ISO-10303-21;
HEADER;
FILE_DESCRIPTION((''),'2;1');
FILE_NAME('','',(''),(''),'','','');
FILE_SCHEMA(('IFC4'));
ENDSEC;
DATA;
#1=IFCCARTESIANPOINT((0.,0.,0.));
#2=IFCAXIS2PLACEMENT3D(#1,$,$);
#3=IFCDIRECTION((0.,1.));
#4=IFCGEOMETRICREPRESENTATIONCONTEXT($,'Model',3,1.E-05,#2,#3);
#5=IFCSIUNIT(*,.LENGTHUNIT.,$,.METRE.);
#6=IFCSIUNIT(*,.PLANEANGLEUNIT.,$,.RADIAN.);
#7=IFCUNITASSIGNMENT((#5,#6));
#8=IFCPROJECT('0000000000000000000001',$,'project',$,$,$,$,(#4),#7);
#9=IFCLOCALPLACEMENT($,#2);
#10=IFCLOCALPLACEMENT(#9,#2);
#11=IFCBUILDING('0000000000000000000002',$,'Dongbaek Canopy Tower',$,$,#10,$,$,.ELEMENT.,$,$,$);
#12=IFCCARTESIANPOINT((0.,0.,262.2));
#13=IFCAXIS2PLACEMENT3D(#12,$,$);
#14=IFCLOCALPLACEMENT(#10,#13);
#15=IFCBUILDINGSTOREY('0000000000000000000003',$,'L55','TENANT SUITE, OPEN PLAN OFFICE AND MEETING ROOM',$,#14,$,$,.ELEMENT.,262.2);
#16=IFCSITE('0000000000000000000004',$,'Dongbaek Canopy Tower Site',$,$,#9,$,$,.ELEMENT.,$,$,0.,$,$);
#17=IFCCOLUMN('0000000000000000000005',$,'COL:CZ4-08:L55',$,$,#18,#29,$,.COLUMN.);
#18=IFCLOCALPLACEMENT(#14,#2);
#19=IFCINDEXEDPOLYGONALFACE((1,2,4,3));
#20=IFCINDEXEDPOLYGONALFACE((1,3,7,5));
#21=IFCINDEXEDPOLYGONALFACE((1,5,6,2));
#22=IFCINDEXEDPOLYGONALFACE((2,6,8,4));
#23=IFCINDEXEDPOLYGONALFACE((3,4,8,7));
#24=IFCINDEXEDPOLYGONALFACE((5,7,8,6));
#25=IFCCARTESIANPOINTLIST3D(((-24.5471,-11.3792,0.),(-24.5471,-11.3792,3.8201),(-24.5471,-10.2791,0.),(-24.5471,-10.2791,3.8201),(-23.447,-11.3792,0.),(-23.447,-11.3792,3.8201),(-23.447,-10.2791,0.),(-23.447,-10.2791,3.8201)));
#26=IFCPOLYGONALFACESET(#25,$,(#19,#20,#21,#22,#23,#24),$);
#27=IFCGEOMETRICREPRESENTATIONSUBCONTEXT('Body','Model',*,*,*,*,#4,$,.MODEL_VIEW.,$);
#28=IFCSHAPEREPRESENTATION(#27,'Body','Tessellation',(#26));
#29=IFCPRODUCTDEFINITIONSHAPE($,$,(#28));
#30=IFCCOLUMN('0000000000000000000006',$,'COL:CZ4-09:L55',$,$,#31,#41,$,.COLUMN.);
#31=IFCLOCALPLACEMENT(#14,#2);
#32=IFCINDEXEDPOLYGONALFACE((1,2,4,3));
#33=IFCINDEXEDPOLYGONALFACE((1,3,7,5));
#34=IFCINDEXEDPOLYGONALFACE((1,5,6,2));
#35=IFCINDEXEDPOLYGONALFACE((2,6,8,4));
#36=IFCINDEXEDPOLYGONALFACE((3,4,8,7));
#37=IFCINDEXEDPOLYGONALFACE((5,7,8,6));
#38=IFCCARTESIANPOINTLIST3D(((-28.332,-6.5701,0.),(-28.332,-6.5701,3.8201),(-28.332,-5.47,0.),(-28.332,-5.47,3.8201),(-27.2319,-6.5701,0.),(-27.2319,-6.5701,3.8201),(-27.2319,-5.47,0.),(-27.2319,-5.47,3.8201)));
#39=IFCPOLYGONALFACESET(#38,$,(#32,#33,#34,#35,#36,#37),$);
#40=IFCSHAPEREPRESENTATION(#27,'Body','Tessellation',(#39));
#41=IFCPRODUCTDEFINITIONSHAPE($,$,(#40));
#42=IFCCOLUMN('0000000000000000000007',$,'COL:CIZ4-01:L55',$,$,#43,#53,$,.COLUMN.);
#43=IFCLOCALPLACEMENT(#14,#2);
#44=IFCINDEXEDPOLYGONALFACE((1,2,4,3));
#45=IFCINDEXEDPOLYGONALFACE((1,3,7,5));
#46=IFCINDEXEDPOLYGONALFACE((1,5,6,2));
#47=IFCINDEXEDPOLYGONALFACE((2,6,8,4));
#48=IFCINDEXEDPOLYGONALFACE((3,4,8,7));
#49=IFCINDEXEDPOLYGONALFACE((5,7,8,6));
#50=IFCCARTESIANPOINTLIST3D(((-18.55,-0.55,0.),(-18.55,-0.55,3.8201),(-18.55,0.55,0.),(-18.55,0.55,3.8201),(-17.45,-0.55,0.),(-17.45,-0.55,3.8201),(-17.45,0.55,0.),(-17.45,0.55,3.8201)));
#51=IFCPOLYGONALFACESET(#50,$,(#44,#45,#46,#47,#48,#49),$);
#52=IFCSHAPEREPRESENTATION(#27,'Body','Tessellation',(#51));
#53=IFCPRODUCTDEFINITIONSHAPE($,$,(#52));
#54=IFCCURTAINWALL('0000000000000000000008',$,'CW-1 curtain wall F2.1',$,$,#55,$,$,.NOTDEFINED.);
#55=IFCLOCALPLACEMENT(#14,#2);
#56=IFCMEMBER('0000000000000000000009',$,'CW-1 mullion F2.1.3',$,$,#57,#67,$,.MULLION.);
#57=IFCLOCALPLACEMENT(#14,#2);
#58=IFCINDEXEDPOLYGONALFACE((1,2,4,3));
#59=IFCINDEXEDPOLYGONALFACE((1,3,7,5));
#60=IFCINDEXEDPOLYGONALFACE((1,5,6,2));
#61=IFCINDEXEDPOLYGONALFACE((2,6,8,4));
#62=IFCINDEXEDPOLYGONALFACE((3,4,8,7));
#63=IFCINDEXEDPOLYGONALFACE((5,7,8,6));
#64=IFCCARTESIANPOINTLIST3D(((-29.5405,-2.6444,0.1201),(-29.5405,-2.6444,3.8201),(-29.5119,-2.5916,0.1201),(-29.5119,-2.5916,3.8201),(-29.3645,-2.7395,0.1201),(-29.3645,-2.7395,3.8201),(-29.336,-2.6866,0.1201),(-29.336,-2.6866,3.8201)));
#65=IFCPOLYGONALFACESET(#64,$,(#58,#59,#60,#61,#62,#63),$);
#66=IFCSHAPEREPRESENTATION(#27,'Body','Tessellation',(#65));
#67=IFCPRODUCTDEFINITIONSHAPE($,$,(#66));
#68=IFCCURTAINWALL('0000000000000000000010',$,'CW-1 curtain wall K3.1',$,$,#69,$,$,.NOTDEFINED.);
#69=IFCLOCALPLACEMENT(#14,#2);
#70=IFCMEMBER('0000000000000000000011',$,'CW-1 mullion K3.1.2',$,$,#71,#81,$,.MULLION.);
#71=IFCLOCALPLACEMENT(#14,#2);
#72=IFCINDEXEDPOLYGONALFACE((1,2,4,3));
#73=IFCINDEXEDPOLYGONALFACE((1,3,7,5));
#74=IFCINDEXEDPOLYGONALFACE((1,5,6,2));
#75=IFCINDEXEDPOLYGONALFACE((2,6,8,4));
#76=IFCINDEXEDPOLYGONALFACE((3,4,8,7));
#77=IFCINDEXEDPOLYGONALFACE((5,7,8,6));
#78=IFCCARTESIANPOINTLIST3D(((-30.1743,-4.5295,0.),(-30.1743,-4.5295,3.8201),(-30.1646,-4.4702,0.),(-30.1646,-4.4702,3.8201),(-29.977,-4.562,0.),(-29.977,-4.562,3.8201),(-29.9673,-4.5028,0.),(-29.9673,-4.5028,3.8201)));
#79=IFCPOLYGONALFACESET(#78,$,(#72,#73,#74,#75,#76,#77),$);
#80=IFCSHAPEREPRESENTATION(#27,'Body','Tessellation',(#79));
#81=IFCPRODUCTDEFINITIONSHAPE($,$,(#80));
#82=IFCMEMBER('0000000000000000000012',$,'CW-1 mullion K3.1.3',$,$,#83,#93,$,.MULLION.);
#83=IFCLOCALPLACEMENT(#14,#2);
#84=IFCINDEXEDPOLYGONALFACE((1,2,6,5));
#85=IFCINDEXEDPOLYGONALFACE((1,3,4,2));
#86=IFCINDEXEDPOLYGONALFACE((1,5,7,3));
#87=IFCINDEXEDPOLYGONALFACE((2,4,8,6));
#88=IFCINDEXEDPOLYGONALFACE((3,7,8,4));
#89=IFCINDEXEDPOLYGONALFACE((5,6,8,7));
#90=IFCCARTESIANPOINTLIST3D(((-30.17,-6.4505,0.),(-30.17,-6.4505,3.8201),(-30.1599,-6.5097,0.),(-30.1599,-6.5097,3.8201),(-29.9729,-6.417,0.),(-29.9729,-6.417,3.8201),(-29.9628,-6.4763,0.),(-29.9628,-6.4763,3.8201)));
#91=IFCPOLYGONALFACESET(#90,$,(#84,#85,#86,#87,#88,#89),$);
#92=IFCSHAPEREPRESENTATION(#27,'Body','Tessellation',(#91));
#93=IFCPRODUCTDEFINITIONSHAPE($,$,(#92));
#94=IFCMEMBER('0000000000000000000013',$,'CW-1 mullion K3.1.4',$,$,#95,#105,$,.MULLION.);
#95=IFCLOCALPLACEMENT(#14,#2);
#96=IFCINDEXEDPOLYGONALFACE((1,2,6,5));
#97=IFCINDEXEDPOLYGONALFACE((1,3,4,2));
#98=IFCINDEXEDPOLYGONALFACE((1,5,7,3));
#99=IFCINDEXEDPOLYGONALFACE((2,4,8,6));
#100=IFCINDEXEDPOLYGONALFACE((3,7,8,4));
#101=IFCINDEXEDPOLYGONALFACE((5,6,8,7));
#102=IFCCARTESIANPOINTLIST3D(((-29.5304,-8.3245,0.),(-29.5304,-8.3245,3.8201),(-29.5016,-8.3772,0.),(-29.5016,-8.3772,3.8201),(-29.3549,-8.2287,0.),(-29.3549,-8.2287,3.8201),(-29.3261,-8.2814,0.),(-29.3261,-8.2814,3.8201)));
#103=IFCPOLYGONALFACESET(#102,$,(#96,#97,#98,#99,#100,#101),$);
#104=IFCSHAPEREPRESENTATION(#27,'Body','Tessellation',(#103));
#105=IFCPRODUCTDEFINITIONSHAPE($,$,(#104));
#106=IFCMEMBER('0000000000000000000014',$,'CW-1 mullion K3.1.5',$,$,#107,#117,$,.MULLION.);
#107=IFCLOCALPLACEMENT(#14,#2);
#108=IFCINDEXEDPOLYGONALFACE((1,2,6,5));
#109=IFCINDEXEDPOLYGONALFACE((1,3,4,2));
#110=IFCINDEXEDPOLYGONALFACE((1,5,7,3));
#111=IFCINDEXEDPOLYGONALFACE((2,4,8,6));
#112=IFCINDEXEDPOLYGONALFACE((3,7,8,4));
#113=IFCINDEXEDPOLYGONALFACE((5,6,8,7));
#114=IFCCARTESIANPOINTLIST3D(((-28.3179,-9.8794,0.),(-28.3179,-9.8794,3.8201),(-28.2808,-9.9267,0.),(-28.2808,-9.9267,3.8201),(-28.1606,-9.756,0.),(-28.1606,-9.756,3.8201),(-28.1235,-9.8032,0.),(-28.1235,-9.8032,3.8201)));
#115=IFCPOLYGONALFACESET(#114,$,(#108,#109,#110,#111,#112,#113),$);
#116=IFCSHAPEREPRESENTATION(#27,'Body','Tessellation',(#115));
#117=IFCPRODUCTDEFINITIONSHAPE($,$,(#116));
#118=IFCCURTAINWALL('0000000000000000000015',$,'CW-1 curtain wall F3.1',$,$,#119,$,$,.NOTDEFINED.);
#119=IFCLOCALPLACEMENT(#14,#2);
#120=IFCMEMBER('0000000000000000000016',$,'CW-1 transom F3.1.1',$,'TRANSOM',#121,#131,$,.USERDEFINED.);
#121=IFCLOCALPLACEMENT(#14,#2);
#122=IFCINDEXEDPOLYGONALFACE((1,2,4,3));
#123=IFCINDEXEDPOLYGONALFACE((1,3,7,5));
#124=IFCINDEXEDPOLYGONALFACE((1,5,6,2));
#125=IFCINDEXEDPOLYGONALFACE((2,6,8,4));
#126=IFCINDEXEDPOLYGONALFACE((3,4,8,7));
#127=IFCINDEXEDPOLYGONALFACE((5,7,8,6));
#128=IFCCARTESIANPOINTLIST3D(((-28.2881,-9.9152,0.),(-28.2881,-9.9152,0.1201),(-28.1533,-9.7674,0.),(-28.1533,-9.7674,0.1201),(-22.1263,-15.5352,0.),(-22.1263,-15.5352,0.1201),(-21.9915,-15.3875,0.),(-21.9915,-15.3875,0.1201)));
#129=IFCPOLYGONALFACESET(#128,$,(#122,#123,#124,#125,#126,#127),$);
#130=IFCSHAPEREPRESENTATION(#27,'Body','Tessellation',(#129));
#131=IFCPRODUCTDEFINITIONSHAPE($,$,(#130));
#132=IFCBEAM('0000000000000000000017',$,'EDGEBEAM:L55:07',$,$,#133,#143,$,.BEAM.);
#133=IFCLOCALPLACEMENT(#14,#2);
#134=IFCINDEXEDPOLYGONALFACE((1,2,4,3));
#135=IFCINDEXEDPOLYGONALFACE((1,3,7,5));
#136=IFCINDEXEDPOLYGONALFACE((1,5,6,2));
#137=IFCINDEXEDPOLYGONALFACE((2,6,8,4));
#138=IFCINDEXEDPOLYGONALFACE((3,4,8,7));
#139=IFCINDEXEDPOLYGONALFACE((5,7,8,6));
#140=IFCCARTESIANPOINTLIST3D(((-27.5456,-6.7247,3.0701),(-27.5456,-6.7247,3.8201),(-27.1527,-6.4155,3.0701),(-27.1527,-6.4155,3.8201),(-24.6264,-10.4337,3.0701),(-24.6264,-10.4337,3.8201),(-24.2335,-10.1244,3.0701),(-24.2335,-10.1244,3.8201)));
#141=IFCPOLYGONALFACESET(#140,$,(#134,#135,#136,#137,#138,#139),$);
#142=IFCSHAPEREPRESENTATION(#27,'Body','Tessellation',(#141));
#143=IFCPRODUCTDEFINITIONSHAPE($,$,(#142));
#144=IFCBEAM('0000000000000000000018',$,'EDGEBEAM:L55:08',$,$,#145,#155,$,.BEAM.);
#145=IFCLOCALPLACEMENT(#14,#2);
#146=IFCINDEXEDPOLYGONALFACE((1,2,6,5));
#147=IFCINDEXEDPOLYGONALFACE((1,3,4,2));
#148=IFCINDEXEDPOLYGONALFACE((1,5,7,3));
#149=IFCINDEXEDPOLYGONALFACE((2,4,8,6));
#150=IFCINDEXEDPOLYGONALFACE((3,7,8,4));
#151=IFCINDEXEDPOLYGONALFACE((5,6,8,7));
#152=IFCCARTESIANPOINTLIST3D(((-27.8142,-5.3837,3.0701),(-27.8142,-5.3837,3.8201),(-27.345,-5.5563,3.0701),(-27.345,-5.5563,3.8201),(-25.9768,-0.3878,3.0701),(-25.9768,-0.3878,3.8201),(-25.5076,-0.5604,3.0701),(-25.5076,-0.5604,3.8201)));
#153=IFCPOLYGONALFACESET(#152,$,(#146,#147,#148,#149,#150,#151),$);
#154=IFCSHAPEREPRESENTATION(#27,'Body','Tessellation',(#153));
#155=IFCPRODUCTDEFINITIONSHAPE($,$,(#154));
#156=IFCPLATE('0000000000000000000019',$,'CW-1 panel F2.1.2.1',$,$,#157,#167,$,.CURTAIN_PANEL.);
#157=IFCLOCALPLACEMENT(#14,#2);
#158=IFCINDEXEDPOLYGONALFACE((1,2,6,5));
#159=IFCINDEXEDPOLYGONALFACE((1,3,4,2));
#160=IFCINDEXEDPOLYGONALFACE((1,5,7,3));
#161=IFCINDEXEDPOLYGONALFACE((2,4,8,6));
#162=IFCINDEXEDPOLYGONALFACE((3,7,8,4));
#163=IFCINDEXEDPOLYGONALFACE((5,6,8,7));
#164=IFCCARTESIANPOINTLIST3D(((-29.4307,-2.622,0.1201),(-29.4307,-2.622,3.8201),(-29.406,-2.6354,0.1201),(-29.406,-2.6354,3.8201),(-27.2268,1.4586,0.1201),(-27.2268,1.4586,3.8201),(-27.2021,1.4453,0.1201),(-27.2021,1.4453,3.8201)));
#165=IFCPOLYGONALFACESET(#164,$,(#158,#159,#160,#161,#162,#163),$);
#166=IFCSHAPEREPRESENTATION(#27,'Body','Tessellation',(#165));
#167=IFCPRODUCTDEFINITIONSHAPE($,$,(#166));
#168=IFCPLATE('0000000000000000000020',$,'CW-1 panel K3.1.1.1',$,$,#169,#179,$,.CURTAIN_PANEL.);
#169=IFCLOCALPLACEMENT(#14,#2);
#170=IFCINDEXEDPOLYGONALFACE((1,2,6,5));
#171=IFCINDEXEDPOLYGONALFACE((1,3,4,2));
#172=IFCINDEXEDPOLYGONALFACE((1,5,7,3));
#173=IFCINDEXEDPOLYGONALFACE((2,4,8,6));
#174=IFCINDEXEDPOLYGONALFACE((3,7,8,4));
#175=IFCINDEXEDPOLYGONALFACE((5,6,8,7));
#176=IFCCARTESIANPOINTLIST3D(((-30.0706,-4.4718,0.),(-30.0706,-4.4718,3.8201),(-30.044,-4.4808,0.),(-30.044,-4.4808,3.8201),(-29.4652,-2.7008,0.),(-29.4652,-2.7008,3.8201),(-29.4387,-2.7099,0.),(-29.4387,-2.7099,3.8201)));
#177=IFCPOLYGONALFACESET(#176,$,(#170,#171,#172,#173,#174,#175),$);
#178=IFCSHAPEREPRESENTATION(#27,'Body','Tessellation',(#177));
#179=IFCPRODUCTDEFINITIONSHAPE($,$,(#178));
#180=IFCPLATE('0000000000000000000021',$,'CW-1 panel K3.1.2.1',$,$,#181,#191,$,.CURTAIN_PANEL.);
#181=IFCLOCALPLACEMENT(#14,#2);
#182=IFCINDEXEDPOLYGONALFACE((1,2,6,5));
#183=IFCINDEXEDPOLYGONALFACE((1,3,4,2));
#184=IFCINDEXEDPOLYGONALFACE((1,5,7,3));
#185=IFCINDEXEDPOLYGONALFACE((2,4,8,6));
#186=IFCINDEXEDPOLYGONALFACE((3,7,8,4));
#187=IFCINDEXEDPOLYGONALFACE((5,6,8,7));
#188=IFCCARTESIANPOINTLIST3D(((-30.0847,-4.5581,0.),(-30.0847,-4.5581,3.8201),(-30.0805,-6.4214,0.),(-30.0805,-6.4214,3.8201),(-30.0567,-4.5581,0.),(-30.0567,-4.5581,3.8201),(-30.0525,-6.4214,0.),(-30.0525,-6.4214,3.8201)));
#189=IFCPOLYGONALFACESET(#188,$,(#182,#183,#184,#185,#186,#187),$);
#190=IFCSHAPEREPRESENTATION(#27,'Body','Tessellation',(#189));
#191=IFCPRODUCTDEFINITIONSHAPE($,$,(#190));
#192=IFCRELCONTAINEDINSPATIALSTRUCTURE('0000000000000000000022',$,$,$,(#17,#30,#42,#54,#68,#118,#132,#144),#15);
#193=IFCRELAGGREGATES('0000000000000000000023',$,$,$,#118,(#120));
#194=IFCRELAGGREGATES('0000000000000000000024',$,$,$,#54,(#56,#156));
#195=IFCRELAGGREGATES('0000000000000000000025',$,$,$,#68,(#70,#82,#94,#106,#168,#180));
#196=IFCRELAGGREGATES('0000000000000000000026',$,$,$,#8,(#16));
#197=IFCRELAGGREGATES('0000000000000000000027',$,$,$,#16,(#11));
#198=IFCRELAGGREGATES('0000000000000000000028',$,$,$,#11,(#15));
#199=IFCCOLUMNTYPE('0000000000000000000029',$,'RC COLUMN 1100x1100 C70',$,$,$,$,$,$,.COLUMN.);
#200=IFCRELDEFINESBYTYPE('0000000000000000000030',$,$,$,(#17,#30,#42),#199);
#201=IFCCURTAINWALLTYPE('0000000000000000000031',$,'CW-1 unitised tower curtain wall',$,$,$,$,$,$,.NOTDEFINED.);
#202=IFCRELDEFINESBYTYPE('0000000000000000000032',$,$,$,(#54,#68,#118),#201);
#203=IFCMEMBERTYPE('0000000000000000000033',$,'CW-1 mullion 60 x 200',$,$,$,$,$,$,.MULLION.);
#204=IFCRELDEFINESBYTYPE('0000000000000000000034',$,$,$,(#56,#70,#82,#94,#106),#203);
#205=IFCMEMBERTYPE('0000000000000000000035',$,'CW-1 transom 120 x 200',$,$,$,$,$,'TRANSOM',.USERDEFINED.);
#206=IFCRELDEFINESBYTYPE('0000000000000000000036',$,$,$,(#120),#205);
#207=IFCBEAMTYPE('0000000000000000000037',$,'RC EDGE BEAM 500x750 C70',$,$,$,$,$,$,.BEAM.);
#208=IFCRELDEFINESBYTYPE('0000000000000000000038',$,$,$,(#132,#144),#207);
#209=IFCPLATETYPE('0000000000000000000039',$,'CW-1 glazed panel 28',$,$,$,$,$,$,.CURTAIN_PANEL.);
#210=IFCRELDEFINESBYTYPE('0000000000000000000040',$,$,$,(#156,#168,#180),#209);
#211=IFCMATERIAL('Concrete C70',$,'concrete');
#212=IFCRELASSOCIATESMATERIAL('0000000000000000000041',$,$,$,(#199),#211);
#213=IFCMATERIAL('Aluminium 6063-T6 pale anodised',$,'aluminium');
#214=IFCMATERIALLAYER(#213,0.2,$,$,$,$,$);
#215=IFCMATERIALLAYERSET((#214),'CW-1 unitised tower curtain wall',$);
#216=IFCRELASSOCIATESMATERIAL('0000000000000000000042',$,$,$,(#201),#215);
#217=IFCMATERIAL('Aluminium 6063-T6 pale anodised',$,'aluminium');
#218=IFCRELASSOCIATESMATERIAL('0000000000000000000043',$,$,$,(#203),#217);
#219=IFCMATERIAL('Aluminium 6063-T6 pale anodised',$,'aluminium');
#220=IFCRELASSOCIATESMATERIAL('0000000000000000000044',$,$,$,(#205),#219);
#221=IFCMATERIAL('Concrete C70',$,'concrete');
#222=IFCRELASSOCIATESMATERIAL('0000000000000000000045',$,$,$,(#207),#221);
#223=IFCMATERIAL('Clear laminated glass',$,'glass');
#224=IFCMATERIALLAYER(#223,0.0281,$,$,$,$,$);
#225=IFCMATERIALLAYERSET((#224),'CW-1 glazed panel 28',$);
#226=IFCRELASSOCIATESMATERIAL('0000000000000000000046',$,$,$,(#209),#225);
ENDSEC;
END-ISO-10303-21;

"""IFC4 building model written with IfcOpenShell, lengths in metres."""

from ifc_helpers import new_model, si_unit, direction, frame, origin, origin_2d, place, context, subcontext, project, spatial, rectangle, extrude, material, layer, layer_set, material_profile, profile_set, type_object, element, aggregate, save


model = new_model("IFC4")

# Units and contexts
model_context = context("Model", 3, precision=1e-05, world=origin(), true_north=direction((0.0, 1.0)))
body_context = subcontext(model_context, "Body", "Model", "MODEL_VIEW")
ifc_project = project(units=[si_unit("LENGTHUNIT", "METRE"), si_unit("PLANEANGLEUNIT", "RADIAN")], contexts=[model_context])

# Site, building, storey
site_placement = place(None, origin())
site = spatial("IfcSite", under=ifc_project, at=site_placement, Name="Dongbaek Canopy Tower Site", CompositionType="ELEMENT", RefElevation=0.0)
building_placement = place(site_placement, origin())
building = spatial("IfcBuilding", under=site, at=building_placement, Name="Dongbaek Canopy Tower", CompositionType="ELEMENT")
storey_placement = place(building_placement, frame((0.0, 0.0, 262.2)))
storey = spatial("IfcBuildingStorey", under=building, at=storey_placement, Name="L55", Description="TENANT SUITE, OPEN PLAN OFFICE AND MEETING ROOM", CompositionType="ELEMENT", Elevation=262.2)

# Columns
ifc_material_1 = material(Name="Concrete C70", Category="concrete")
ifc_material_profile_1 = material_profile(ifc_material_1, rectangle(XDim=1.1001, YDim=1.1001, at=origin_2d()), Name="RC COLUMN 1100x1100 C70")
ifc_profile_set_1 = profile_set([ifc_material_profile_1], Name="Concrete C70")
column_type = type_object("IfcColumnType", Name="RC COLUMN 1100x1100 C70", PredefinedType="COLUMN", material=ifc_profile_set_1)
for number, where, z_axis, x_axis, name in (
    (1, (-23.9971, -10.8291, 0.0), (0.0, 0.0, 1.0), (1.0, 0.0, 0.0), "COL:CZ4-08:L55"),
    (2, (-27.782, -6.02, 0.0), (0.0, 0.0, 1.0), (1.0, 0.0, 0.0), "COL:CZ4-09:L55"),
    (3, (-18.0, 0.0, 0.0), (0.0, 0.0, 1.0), (1.0, 0.0, 0.0), "COL:CIZ4-01:L55"),
):
    element("IfcColumn", number, at=place(storey_placement, frame(where, z_axis=z_axis, x_axis=x_axis)), inside=storey, type_object=column_type, Name=name, PredefinedType="COLUMN", context=body_context, shape_type="SweptSolid", body=[
        extrude(rectangle(XDim=1.1001, YDim=1.1001, at=origin_2d()), origin(), (0.0, 0.0, 1.0), 3.8201),
    ])

# Curtain wall, member
ifc_material_2 = material(Name="Aluminium 6063-T6 pale anodised", Category="aluminium")
ifc_layer_1 = layer(ifc_material_2, 0.2)
ifc_layer_set_1 = layer_set([ifc_layer_1], Name="CW-1 unitised tower curtain wall")
curtain_wall_type = type_object("IfcCurtainWallType", Name="CW-1 unitised tower curtain wall", PredefinedType="NOTDEFINED", material=ifc_layer_set_1)
curtain_wall_1_placement = place(storey_placement, origin())
curtain_wall_1 = element("IfcCurtainWall", 4, at=curtain_wall_1_placement, inside=storey, type_object=curtain_wall_type, Name="CW-1 curtain wall F2.1", PredefinedType="NOTDEFINED")
ifc_material_3 = material(Name="Aluminium 6063-T6 pale anodised", Category="aluminium")
ifc_material_profile_2 = material_profile(ifc_material_3, rectangle(XDim=0.2, YDim=0.0601, at=origin_2d()), Name="CW-1 mullion 60 x 200")
ifc_profile_set_2 = profile_set([ifc_material_profile_2], Name="Aluminium 6063-T6 pale anodised")
member_type_1 = type_object("IfcMemberType", Name="CW-1 mullion 60 x 200", PredefinedType="MULLION", material=ifc_profile_set_2)
member_1_placement = place(storey_placement, frame((-29.4382, -2.6655, 0.1201), z_axis=(0.0, 0.0, 1.0), x_axis=(-0.879877, 0.475202, 0.0)))
member_1 = element("IfcMember", 5, at=member_1_placement, type_object=member_type_1, Name="CW-1 mullion F2.1.3", PredefinedType="MULLION", context=body_context, shape_type="SweptSolid", body=[
    extrude(rectangle(XDim=0.2, YDim=0.0601, at=origin_2d()), origin(), (0.0, 0.0, 1.0), 3.7),
])

# Curtain wall, members
curtain_wall_2_placement = place(storey_placement, origin())
curtain_wall_2 = element("IfcCurtainWall", 6, at=curtain_wall_2_placement, inside=storey, type_object=curtain_wall_type, Name="CW-1 curtain wall K3.1", PredefinedType="NOTDEFINED")
member_2_placement = place(storey_placement, frame((-30.0708, -4.5161, 0.0), z_axis=(0.0, 0.0, 1.0), x_axis=(-0.986654, 0.162829, 0.0)))
member_2 = element("IfcMember", 7, at=member_2_placement, type_object=member_type_1, Name="CW-1 mullion K3.1.2", PredefinedType="MULLION", context=body_context, shape_type="SweptSolid", body=[
    extrude(rectangle(XDim=0.2, YDim=0.0601, at=origin_2d()), origin(), (0.0, 0.0, 1.0), 3.8201),
])
member_3_placement = place(storey_placement, frame((-30.0664, -6.4634, 0.0), z_axis=(0.0, 0.0, 1.0), x_axis=(-0.985908, -0.167288, 0.0)))
member_3 = element("IfcMember", 8, at=member_3_placement, type_object=member_type_1, Name="CW-1 mullion K3.1.3", PredefinedType="MULLION", context=body_context, shape_type="SweptSolid", body=[
    extrude(rectangle(XDim=0.2, YDim=0.0601, at=origin_2d()), origin(), (0.0, 0.0, 1.0), 3.8201),
])
member_4_placement = place(storey_placement, frame((-29.4282, -8.303, 0.0), z_axis=(0.0, 0.0, 1.0), x_axis=(-0.87772, -0.479174, 0.0)))
member_4 = element("IfcMember", 9, at=member_4_placement, type_object=member_type_1, Name="CW-1 mullion K3.1.4", PredefinedType="MULLION", context=body_context, shape_type="SweptSolid", body=[
    extrude(rectangle(XDim=0.2, YDim=0.0601, at=origin_2d()), origin(), (0.0, 0.0, 1.0), 3.8201),
])
member_5_placement = place(storey_placement, frame((-28.2207, -9.8413, 0.0), z_axis=(0.0, 0.0, 1.0), x_axis=(-0.786589, -0.617477, 0.0)))
member_5 = element("IfcMember", 10, at=member_5_placement, type_object=member_type_1, Name="CW-1 mullion K3.1.5", PredefinedType="MULLION", context=body_context, shape_type="SweptSolid", body=[
    extrude(rectangle(XDim=0.2, YDim=0.0601, at=origin_2d()), origin(), (0.0, 0.0, 1.0), 3.8201),
])

# Curtain wall, member
curtain_wall_3_placement = place(storey_placement, origin())
curtain_wall_3 = element("IfcCurtainWall", 11, at=curtain_wall_3_placement, inside=storey, type_object=curtain_wall_type, Name="CW-1 curtain wall F3.1", PredefinedType="NOTDEFINED")
ifc_material_4 = material(Name="Aluminium 6063-T6 pale anodised", Category="aluminium")
ifc_material_profile_3 = material_profile(ifc_material_4, rectangle(XDim=0.2, YDim=0.1201, at=origin_2d()), Name="CW-1 transom 120 x 200")
ifc_profile_set_3 = profile_set([ifc_material_profile_3], Name="Aluminium 6063-T6 pale anodised")
member_type_2 = type_object("IfcMemberType", Name="CW-1 transom 120 x 200", ElementType="TRANSOM", PredefinedType="USERDEFINED", material=ifc_profile_set_3)
member_6_placement = place(storey_placement, frame((-28.2207, -9.8413, 0.0601), z_axis=(0.73884, -0.673881, 0.0), x_axis=(0.673881, 0.73884, 0.0)))
member_6 = element("IfcMember", 12, at=member_6_placement, type_object=member_type_2, Name="CW-1 transom F3.1.1", ObjectType="TRANSOM", PredefinedType="USERDEFINED", context=body_context, shape_type="SweptSolid", body=[
    extrude(rectangle(XDim=0.2, YDim=0.1201, at=origin_2d()), origin(), (0.0, 0.0, 1.0), 8.3398),
])
aggregate(curtain_wall_3, [member_6])

# Beams
ifc_material_5 = material(Name="Concrete C70", Category="concrete")
ifc_material_profile_4 = material_profile(ifc_material_5, rectangle(XDim=0.5, YDim=0.75, at=origin_2d()), Name="RC EDGE BEAM 500x750 C70")
ifc_profile_set_4 = profile_set([ifc_material_profile_4], Name="Concrete C70")
beam_type = type_object("IfcBeamType", Name="RC EDGE BEAM 500x750 C70", PredefinedType="BEAM", material=ifc_profile_set_4)
beam_1_placement = place(storey_placement, frame((-24.4299, -10.2791, 3.4451), z_axis=(-0.618475, 0.785805, 0.0), x_axis=(-0.785805, -0.618475, 0.0)))
element("IfcBeam", 13, at=beam_1_placement, inside=storey, type_object=beam_type, Name="EDGEBEAM:L55:07", PredefinedType="BEAM", context=body_context, shape_type="SweptSolid", body=[
    extrude(rectangle(XDim=0.5, YDim=0.75, at=origin_2d()), origin(), (0.0, 0.0, 1.0), 4.72),
])
beam_2_placement = place(storey_placement, frame((-27.5796, -5.47, 3.4451), z_axis=(0.34518, 0.938536, 0.0), x_axis=(-0.938536, 0.34518, 0.0)))
element("IfcBeam", 14, at=beam_2_placement, inside=storey, type_object=beam_type, Name="EDGEBEAM:L55:08", PredefinedType="BEAM", context=body_context, shape_type="SweptSolid", body=[
    extrude(rectangle(XDim=0.5, YDim=0.75, at=origin_2d()), origin(), (0.0, 0.0, 1.0), 5.323),
])

# Plates
ifc_material_6 = material(Name="Clear laminated glass", Category="glass")
ifc_layer_2 = layer(ifc_material_6, 0.0281)
ifc_layer_set_2 = layer_set([ifc_layer_2], Name="CW-1 glazed panel 28")
plate_type = type_object("IfcPlateType", Name="CW-1 glazed panel 28", PredefinedType="CURTAIN_PANEL", material=ifc_layer_set_2)
plate_1_placement = place(storey_placement, frame((-28.3164, -0.5884, 0.1201), z_axis=(0.0, 0.0, 1.0), x_axis=(-0.475202, -0.879877, 0.0)))
plate_1 = element("IfcPlate", 15, at=plate_1_placement, type_object=plate_type, Name="CW-1 panel F2.1.2.1", PredefinedType="CURTAIN_PANEL", context=body_context, shape_type="SweptSolid", body=[
    extrude(rectangle(XDim=4.6377, YDim=0.0281, at=origin_2d()), origin(), (0.0, 0.0, 1.0), 3.7),
])
plate_2_placement = place(storey_placement, frame((-29.7546, -3.5908, 0.0), z_axis=(0.0, 0.0, 1.0), x_axis=(-0.323452, -0.946245, 0.0)))
plate_2 = element("IfcPlate", 16, at=plate_2_placement, type_object=plate_type, Name="CW-1 panel K3.1.1.1", PredefinedType="CURTAIN_PANEL", context=body_context, shape_type="SweptSolid", body=[
    extrude(rectangle(XDim=1.8716, YDim=0.0281, at=origin_2d()), origin(), (0.0, 0.0, 1.0), 3.8201),
])
plate_3_placement = place(storey_placement, frame((-30.0686, -5.4897, 0.0), z_axis=(0.0, 0.0, 1.0), x_axis=(0.00226, -0.999997, 0.0)))
plate_3 = element("IfcPlate", 17, at=plate_3_placement, type_object=plate_type, Name="CW-1 panel K3.1.2.1", PredefinedType="CURTAIN_PANEL", context=body_context, shape_type="SweptSolid", body=[
    extrude(rectangle(XDim=1.8633, YDim=0.0281, at=origin_2d()), origin(), (0.0, 0.0, 1.0), 3.8201),
])

aggregate(curtain_wall_1, [member_1, plate_1])
aggregate(curtain_wall_2, [member_2, member_3, member_4, member_5, plate_2, plate_3])

save(model, "model.ifc")
